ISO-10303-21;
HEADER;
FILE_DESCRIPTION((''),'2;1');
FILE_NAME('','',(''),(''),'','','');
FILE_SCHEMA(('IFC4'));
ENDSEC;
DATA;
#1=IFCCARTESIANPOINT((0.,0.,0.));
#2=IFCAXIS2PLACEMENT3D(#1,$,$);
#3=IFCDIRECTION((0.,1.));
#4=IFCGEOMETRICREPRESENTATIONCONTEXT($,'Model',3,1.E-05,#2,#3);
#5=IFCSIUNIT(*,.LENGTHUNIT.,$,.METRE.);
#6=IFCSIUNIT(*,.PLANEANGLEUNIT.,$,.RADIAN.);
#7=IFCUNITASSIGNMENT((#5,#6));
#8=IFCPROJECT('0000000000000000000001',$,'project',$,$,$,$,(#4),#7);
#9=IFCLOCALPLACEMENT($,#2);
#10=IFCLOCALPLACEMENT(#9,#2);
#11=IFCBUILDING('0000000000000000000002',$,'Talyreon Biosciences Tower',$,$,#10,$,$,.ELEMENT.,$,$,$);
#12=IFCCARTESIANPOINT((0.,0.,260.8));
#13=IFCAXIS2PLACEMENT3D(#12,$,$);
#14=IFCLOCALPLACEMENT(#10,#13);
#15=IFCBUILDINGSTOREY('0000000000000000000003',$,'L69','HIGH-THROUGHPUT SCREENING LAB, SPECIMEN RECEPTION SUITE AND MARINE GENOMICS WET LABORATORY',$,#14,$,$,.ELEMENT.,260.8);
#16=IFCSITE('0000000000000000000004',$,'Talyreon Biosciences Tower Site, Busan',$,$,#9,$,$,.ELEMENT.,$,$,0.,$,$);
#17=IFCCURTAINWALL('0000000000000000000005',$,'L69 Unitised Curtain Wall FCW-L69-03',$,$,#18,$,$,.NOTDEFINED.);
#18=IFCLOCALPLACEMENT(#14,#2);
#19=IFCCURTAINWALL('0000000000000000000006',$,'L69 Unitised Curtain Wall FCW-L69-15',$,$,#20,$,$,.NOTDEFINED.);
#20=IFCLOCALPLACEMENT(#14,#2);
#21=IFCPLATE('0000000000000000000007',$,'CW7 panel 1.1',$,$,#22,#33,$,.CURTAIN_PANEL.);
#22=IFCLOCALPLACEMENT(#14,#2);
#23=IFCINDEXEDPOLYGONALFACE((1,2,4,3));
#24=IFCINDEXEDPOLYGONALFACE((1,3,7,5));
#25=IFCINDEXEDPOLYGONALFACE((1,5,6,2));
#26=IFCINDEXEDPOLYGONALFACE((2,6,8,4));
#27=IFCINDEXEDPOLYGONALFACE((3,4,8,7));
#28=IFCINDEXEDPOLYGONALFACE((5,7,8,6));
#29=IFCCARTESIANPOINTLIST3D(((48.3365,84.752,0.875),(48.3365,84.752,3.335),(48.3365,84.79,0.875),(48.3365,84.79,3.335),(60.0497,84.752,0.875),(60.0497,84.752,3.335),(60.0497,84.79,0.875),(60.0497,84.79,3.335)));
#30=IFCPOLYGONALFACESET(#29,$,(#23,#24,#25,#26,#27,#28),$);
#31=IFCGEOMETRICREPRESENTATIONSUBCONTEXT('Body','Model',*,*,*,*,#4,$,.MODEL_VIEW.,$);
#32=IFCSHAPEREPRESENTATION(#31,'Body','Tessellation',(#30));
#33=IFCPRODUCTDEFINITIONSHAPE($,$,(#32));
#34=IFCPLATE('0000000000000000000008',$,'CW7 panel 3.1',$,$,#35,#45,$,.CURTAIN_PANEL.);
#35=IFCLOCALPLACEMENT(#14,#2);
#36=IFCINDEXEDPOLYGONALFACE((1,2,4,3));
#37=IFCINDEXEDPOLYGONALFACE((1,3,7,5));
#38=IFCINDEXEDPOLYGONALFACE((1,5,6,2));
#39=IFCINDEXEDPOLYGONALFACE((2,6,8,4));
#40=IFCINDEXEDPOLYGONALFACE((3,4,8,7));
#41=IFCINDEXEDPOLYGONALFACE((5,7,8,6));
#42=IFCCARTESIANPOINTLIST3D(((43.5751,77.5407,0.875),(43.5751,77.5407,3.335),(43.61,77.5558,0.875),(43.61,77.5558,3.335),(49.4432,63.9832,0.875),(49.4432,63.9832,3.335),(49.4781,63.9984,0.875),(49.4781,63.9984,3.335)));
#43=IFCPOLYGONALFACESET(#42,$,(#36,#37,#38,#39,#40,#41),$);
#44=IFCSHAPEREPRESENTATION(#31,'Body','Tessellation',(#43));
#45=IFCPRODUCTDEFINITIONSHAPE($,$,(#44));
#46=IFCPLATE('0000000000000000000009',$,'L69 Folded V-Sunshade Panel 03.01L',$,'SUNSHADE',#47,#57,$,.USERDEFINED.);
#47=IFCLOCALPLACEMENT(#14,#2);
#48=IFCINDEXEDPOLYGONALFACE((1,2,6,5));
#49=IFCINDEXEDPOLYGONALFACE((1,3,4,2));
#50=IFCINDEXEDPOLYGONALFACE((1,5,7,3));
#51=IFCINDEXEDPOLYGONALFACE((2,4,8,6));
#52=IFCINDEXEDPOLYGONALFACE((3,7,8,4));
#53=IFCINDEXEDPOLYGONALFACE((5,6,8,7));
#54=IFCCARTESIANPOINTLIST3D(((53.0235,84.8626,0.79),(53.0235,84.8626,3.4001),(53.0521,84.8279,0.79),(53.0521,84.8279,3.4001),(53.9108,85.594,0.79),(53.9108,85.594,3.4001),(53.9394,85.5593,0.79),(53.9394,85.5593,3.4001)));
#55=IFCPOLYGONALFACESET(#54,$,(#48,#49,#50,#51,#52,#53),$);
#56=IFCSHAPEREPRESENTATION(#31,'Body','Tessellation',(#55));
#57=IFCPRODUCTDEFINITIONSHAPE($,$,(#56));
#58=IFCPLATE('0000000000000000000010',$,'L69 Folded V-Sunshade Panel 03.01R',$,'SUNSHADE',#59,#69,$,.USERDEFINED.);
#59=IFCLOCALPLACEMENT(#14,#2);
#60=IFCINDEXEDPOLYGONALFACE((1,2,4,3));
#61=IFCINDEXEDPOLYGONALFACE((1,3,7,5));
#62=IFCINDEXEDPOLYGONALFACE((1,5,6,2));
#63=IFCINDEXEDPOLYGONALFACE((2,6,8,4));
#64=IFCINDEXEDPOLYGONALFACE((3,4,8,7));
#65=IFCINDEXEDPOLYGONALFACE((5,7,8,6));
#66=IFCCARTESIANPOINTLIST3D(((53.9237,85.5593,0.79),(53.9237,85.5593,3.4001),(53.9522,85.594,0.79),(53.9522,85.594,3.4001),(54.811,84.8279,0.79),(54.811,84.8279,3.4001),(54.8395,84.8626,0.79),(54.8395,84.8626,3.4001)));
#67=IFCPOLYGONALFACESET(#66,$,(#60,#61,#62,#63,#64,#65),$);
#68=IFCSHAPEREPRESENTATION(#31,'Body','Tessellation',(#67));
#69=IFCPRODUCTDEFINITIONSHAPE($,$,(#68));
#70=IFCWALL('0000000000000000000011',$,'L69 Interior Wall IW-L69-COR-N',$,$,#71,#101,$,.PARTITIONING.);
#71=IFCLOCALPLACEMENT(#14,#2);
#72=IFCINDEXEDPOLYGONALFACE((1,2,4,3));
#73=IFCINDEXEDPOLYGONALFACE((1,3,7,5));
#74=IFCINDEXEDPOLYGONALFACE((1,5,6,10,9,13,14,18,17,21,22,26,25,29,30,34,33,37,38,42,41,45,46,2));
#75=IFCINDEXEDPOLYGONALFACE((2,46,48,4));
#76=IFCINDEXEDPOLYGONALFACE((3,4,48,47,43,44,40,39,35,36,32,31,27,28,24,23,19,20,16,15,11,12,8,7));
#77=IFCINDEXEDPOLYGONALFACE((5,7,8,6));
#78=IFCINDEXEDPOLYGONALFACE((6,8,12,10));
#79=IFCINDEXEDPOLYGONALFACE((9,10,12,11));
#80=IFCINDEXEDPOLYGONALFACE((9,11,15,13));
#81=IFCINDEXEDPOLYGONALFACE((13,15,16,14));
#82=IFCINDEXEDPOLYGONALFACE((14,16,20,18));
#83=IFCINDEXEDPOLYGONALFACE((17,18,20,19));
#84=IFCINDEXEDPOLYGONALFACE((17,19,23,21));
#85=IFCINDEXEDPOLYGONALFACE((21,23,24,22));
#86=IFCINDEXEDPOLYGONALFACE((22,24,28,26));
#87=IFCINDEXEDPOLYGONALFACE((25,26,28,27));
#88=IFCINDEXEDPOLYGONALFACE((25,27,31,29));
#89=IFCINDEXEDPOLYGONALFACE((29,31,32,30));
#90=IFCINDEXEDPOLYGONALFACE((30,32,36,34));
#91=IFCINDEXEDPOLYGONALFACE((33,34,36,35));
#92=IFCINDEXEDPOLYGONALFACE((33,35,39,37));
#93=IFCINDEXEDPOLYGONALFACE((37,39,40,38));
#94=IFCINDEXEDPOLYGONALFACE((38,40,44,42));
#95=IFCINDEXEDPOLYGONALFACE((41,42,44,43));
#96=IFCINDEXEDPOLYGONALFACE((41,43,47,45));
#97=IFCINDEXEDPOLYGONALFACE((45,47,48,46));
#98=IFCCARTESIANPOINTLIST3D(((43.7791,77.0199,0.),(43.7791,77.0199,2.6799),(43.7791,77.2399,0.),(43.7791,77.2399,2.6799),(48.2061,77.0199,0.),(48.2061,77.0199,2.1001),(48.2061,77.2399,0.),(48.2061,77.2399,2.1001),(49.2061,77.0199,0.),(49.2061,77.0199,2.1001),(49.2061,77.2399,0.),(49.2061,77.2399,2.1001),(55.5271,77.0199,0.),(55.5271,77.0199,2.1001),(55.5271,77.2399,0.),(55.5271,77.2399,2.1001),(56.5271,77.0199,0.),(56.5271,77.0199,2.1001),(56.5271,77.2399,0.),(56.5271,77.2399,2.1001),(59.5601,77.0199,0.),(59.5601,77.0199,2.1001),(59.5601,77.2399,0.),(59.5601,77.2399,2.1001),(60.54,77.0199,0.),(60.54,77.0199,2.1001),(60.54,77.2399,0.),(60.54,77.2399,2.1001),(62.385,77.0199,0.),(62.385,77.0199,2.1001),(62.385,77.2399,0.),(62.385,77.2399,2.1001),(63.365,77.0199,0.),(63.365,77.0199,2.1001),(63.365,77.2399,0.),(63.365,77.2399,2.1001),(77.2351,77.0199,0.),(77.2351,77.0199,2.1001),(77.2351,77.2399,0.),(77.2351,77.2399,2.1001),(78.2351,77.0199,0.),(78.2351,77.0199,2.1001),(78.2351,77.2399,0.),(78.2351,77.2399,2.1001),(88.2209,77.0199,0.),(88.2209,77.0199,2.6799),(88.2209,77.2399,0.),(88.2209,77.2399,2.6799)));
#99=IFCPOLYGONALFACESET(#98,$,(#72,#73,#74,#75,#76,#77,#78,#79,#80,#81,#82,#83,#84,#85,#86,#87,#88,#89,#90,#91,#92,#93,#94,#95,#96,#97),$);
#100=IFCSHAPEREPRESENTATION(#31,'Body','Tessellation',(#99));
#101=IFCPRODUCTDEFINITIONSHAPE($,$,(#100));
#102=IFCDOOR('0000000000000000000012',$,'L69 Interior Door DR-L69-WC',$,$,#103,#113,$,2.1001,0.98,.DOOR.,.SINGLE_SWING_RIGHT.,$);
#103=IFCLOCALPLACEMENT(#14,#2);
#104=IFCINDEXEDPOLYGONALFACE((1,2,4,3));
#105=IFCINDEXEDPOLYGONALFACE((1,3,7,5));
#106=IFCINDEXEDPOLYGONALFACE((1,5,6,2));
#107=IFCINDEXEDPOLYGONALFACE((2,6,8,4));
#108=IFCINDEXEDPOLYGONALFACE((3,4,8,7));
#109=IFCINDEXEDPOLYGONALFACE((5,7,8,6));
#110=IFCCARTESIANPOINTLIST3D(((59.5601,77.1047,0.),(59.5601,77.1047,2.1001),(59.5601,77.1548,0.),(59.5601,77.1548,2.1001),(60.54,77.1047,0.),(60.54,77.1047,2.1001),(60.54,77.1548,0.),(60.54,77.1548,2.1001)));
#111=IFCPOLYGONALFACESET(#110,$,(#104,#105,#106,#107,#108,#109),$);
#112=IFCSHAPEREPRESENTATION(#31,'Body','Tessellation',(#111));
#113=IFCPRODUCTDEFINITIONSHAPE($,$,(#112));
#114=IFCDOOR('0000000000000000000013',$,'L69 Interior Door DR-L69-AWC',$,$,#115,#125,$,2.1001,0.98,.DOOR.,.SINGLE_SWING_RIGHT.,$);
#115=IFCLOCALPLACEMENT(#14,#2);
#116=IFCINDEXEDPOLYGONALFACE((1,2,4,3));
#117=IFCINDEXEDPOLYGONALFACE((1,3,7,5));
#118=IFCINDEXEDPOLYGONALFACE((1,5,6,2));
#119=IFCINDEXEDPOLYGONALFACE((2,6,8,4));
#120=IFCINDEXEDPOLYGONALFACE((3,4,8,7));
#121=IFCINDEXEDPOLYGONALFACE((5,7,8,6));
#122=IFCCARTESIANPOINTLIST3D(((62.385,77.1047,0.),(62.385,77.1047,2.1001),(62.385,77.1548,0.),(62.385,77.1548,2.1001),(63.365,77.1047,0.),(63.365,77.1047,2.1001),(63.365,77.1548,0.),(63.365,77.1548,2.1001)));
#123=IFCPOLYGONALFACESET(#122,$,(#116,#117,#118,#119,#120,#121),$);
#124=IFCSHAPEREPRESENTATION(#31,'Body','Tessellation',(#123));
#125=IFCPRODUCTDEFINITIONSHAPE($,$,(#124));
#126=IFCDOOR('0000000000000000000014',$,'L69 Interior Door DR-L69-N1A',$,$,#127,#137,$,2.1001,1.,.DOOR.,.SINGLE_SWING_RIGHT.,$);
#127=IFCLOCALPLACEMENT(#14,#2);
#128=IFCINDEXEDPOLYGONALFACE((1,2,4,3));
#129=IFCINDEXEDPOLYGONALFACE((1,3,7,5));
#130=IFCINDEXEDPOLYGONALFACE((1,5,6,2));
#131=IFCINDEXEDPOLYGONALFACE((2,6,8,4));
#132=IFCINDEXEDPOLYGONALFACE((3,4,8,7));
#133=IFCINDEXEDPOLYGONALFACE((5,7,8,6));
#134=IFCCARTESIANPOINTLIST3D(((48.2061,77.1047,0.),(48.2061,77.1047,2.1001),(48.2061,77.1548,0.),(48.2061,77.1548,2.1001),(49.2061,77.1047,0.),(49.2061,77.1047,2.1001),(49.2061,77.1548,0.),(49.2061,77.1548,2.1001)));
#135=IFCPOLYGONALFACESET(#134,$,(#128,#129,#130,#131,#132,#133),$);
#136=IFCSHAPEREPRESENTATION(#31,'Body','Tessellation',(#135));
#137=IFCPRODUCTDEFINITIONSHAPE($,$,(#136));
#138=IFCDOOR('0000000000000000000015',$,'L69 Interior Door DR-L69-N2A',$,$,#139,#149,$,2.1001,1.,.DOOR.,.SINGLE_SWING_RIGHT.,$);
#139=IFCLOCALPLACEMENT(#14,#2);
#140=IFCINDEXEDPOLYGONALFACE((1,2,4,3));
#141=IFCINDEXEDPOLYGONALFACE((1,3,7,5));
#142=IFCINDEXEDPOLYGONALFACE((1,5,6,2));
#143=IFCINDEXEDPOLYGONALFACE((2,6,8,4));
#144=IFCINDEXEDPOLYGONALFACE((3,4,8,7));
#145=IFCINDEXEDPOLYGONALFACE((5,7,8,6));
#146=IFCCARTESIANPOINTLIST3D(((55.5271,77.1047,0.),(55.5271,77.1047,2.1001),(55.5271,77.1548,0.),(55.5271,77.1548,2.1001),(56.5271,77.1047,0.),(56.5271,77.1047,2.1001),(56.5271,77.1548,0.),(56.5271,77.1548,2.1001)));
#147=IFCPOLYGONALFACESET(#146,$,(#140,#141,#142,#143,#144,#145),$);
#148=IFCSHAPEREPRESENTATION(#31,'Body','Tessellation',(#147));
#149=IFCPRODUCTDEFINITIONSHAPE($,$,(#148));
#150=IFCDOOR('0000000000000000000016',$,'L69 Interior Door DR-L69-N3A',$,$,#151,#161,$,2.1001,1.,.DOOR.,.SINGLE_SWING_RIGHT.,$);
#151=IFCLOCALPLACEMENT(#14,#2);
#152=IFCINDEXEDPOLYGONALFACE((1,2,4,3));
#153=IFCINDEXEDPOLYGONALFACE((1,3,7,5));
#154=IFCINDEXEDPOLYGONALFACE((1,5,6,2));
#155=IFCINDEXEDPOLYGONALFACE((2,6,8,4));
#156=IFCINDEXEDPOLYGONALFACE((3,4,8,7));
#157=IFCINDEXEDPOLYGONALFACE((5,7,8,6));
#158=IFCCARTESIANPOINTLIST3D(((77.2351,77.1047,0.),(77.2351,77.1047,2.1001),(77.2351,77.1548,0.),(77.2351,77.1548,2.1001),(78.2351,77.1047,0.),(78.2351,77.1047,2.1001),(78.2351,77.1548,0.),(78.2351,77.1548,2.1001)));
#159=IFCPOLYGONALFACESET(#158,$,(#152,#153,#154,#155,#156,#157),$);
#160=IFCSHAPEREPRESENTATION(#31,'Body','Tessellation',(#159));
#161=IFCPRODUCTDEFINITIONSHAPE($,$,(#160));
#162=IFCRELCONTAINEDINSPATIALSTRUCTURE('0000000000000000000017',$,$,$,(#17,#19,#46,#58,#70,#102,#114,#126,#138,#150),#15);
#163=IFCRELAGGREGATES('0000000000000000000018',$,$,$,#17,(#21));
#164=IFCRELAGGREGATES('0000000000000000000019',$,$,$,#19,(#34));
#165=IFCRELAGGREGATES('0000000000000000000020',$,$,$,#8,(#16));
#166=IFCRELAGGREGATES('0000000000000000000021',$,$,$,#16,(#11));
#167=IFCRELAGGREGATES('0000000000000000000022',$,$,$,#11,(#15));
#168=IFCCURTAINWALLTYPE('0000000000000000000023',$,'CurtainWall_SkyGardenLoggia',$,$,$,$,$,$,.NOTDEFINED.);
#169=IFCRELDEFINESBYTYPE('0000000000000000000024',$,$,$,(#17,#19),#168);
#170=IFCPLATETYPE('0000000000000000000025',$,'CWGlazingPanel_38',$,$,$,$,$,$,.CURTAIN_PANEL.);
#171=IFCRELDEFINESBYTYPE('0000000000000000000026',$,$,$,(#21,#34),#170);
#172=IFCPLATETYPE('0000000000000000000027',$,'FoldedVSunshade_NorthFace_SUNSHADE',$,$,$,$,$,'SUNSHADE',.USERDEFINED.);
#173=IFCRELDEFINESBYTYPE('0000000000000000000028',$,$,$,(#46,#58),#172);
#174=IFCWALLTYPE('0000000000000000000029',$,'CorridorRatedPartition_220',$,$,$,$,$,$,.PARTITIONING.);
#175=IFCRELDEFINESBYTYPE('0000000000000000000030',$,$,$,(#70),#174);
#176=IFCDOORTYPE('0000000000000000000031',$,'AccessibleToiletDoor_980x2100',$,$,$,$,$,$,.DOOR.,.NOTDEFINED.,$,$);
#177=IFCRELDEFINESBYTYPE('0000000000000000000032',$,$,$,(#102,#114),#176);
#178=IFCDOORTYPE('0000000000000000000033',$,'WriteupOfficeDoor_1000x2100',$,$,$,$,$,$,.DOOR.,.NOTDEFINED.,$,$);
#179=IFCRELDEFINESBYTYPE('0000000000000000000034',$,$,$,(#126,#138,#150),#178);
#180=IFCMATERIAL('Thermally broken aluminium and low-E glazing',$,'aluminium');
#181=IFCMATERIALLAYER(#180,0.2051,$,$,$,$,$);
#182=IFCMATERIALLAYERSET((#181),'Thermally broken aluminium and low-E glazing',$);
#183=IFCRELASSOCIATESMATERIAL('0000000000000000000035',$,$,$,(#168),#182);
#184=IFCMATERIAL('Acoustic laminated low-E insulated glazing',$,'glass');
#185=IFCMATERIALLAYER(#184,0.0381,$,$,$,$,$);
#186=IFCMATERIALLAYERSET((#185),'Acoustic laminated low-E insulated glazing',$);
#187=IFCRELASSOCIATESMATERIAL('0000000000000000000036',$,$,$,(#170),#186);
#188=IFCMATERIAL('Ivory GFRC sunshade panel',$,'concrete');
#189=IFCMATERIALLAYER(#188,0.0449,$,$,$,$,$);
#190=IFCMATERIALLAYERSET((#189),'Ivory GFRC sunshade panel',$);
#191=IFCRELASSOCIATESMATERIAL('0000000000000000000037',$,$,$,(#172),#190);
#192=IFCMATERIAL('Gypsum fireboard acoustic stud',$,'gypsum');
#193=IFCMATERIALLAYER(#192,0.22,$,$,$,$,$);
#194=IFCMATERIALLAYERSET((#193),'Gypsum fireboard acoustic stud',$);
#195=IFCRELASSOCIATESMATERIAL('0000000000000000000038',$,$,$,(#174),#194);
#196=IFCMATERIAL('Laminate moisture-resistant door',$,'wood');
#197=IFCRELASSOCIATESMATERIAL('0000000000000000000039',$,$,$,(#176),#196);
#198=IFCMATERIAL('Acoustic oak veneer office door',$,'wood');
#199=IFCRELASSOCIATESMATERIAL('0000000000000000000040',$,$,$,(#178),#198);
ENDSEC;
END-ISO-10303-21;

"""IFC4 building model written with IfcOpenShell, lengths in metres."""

from ifc_helpers import new_model, si_unit, direction, frame, frame_2d, origin, origin_2d, place, context, subcontext, project, spatial, rectangle, extrude, material, layer, layer_set, type_object, element, fill, aggregate, save


model = new_model("IFC4")

# Units and contexts
model_context = context("Model", 3, precision=1e-05, world=origin(), true_north=direction((0.0, 1.0)))
body_context = subcontext(model_context, "Body", "Model", "MODEL_VIEW")
ifc_project = project(units=[si_unit("LENGTHUNIT", "METRE"), si_unit("PLANEANGLEUNIT", "RADIAN")], contexts=[model_context])

# Site, building, storey
site_placement = place(None, origin())
site = spatial("IfcSite", under=ifc_project, at=site_placement, Name="Talyreon Biosciences Tower Site, Busan", CompositionType="ELEMENT", RefElevation=0.0)
building_placement = place(site_placement, origin())
building = spatial("IfcBuilding", under=site, at=building_placement, Name="Talyreon Biosciences Tower", CompositionType="ELEMENT")
storey_placement = place(building_placement, frame((0.0, 0.0, 260.8)))
storey = spatial("IfcBuildingStorey", under=building, at=storey_placement, Name="L69", Description="HIGH-THROUGHPUT SCREENING LAB, SPECIMEN RECEPTION SUITE AND MARINE GENOMICS WET LABORATORY", CompositionType="ELEMENT", Elevation=260.8)

# Curtain walls
ifc_material_1 = material(Name="Thermally broken aluminium and low-E glazing", Category="aluminium")
ifc_layer_1 = layer(ifc_material_1, 0.2051)
ifc_layer_set_1 = layer_set([ifc_layer_1], Name="Thermally broken aluminium and low-E glazing")
curtain_wall_type = type_object("IfcCurtainWallType", Name="CurtainWall_SkyGardenLoggia", PredefinedType="NOTDEFINED", material=ifc_layer_set_1)
curtain_wall_1_placement = place(storey_placement, origin())
curtain_wall_1 = element("IfcCurtainWall", 1, at=curtain_wall_1_placement, inside=storey, type_object=curtain_wall_type, Name="L69 Unitised Curtain Wall FCW-L69-03", PredefinedType="NOTDEFINED")
curtain_wall_2_placement = place(storey_placement, origin())
curtain_wall_2 = element("IfcCurtainWall", 2, at=curtain_wall_2_placement, inside=storey, type_object=curtain_wall_type, Name="L69 Unitised Curtain Wall FCW-L69-15", PredefinedType="NOTDEFINED")

# Plates
ifc_material_2 = material(Name="Acoustic laminated low-E insulated glazing", Category="glass")
ifc_layer_2 = layer(ifc_material_2, 0.0381)
ifc_layer_set_2 = layer_set([ifc_layer_2], Name="Acoustic laminated low-E insulated glazing")
plate_type_1 = type_object("IfcPlateType", Name="CWGlazingPanel_38", PredefinedType="CURTAIN_PANEL", material=ifc_layer_set_2)
plate_1_placement = place(storey_placement, frame((54.1931, 84.771, 0.875), z_axis=(0.0, 0.0, 1.0), x_axis=(1.0, 0.0, 0.0)))
plate_1 = element("IfcPlate", 3, at=plate_1_placement, type_object=plate_type_1, Name="CW7 panel 1.1", PredefinedType="CURTAIN_PANEL", context=body_context, shape_type="SweptSolid", body=[
    extrude(rectangle(XDim=11.7131, YDim=0.0381, at=origin_2d()), origin(), (0.0, 0.0, 1.0), 2.46),
])
aggregate(curtain_wall_1, [plate_1])
plate_2_placement = place(storey_placement, frame((46.5266, 70.7695, 0.875), z_axis=(0.0, 0.0, 1.0), x_axis=(-0.397221, 0.917723, 0.0)))
plate_2 = element("IfcPlate", 4, at=plate_2_placement, type_object=plate_type_1, Name="CW7 panel 3.1", PredefinedType="CURTAIN_PANEL", context=body_context, shape_type="SweptSolid", body=[
    extrude(rectangle(XDim=14.7729, YDim=0.0381, at=origin_2d()), origin(), (0.0, 0.0, 1.0), 2.46),
])
aggregate(curtain_wall_2, [plate_2])

# Plates
ifc_material_3 = material(Name="Ivory GFRC sunshade panel", Category="concrete")
ifc_layer_3 = layer(ifc_material_3, 0.0449)
ifc_layer_set_3 = layer_set([ifc_layer_3], Name="Ivory GFRC sunshade panel")
plate_type_2 = type_object("IfcPlateType", Name="FoldedVSunshade_NorthFace_SUNSHADE", ElementType="SUNSHADE", PredefinedType="USERDEFINED", material=ifc_layer_set_3)
for number, where, z_axis, x_axis, name in (
    (5, (53.4814, 85.2109, 0.79), (0.0, 0.0, 1.0), (0.771625, 0.636078, 0.0), "L69 Folded V-Sunshade Panel 03.01L"),
    (6, (54.3816, 85.2109, 0.79), (0.0, 0.0, 1.0), (0.771625, -0.636078, 0.0), "L69 Folded V-Sunshade Panel 03.01R"),
):
    element("IfcPlate", number, at=place(storey_placement, frame(where, z_axis=z_axis, x_axis=x_axis)), inside=storey, type_object=plate_type_2, Name=name, ObjectType="SUNSHADE", PredefinedType="USERDEFINED", context=body_context, shape_type="SweptSolid", body=[
        extrude(rectangle(XDim=1.1499, YDim=0.0449, at=origin_2d()), origin(), (0.0, 0.0, 1.0), 2.6101),
    ])

# Wall, openings, doors
ifc_material_4 = material(Name="Gypsum fireboard acoustic stud", Category="gypsum")
ifc_layer_4 = layer(ifc_material_4, 0.22)
ifc_layer_set_4 = layer_set([ifc_layer_4], Name="Gypsum fireboard acoustic stud")
wall_type_1 = type_object("IfcWallType", Name="CorridorRatedPartition_220", PredefinedType="PARTITIONING", material=ifc_layer_set_4)
wall_1_placement = place(storey_placement, frame((43.7791, 77.1299, 0.0), z_axis=(0.0, 0.0, 1.0), x_axis=(1.0, 0.0, 0.0)))
wall_1 = element("IfcWall", 7, at=wall_1_placement, inside=storey, type_object=wall_type_1, Name="L69 Interior Wall IW-L69-COR-N", PredefinedType="PARTITIONING", context=body_context, shape_type="SweptSolid", body=[
    extrude(rectangle(XDim=44.4419, YDim=0.22, at=frame_2d((22.2209, 0.0))), origin(), (0.0, 0.0, 1.0), 2.6799),
])
opening_1_placement = place(wall_1_placement, frame((15.781, 0.0, 0.0)))
opening_1 = element("IfcOpeningElement", 8, at=opening_1_placement, cuts=wall_1, PredefinedType="OPENING", context=body_context, shape_type="SweptSolid", body=[
    extrude(rectangle(XDim=0.98, YDim=2.1001, at=frame_2d((0.49, 1.05))), frame((0.0, 0.1199, 0.0), z_axis=(0.0, -1.0, 0.0), x_axis=(1.0, 0.0, 0.0)), (0.0, 0.0, 1.0), 0.24),
])
opening_2_placement = place(wall_1_placement, frame((18.606, 0.0, 0.0)))
opening_2 = element("IfcOpeningElement", 9, at=opening_2_placement, cuts=wall_1, PredefinedType="OPENING", context=body_context, shape_type="SweptSolid", body=[
    extrude(rectangle(XDim=0.98, YDim=2.1001, at=frame_2d((0.49, 1.05))), frame((0.0, 0.1199, 0.0), z_axis=(0.0, -1.0, 0.0), x_axis=(1.0, 0.0, 0.0)), (0.0, 0.0, 1.0), 0.24),
])
opening_3_placement = place(wall_1_placement, frame((4.427, 0.0, 0.0)))
opening_3 = element("IfcOpeningElement", 10, at=opening_3_placement, cuts=wall_1, PredefinedType="OPENING", context=body_context, shape_type="SweptSolid", body=[
    extrude(rectangle(XDim=1.0, YDim=2.1001, at=frame_2d((0.5, 1.05))), frame((0.0, 0.1199, 0.0), z_axis=(0.0, -1.0, 0.0), x_axis=(1.0, 0.0, 0.0)), (0.0, 0.0, 1.0), 0.24),
])
opening_4_placement = place(wall_1_placement, frame((11.748, 0.0, 0.0)))
opening_4 = element("IfcOpeningElement", 11, at=opening_4_placement, cuts=wall_1, PredefinedType="OPENING", context=body_context, shape_type="SweptSolid", body=[
    extrude(rectangle(XDim=1.0, YDim=2.1001, at=frame_2d((0.5, 1.05))), frame((0.0, 0.1199, 0.0), z_axis=(0.0, -1.0, 0.0), x_axis=(1.0, 0.0, 0.0)), (0.0, 0.0, 1.0), 0.24),
])
opening_5_placement = place(wall_1_placement, frame((33.4561, 0.0, 0.0)))
opening_5 = element("IfcOpeningElement", 12, at=opening_5_placement, cuts=wall_1, PredefinedType="OPENING", context=body_context, shape_type="SweptSolid", body=[
    extrude(rectangle(XDim=1.0, YDim=2.1001, at=frame_2d((0.5, 1.05))), frame((0.0, 0.1199, 0.0), z_axis=(0.0, -1.0, 0.0), x_axis=(1.0, 0.0, 0.0)), (0.0, 0.0, 1.0), 0.24),
])
ifc_material_5 = material(Name="Laminate moisture-resistant door", Category="wood")
door_type_1 = type_object("IfcDoorType", Name="AccessibleToiletDoor_980x2100", OperationType="NOTDEFINED", PredefinedType="DOOR", material=ifc_material_5)
door_1_placement = place(opening_1_placement, origin())
door_1 = element("IfcDoor", 13, at=door_1_placement, inside=storey, type_object=door_type_1, Name="L69 Interior Door DR-L69-WC", OperationType="SINGLE_SWING_RIGHT", OverallHeight=2.1001, OverallWidth=0.98, PredefinedType="DOOR", context=body_context, shape_type="SweptSolid", body=[
    extrude(rectangle(XDim=0.98, YDim=2.1001, at=frame_2d((0.49, 1.05))), frame((0.0, 0.0249, 0.0), z_axis=(0.0, -1.0, 0.0), x_axis=(1.0, 0.0, 0.0)), (0.0, 0.0, 1.0), 0.05),
])
fill(opening_1, door_1)
door_2_placement = place(opening_2_placement, origin())
door_2 = element("IfcDoor", 14, at=door_2_placement, inside=storey, type_object=door_type_1, Name="L69 Interior Door DR-L69-AWC", OperationType="SINGLE_SWING_RIGHT", OverallHeight=2.1001, OverallWidth=0.98, PredefinedType="DOOR", context=body_context, shape_type="SweptSolid", body=[
    extrude(rectangle(XDim=0.98, YDim=2.1001, at=frame_2d((0.49, 1.05))), frame((0.0, 0.0249, 0.0), z_axis=(0.0, -1.0, 0.0), x_axis=(1.0, 0.0, 0.0)), (0.0, 0.0, 1.0), 0.05),
])
fill(opening_2, door_2)
ifc_material_6 = material(Name="Acoustic oak veneer office door", Category="wood")
door_type_2 = type_object("IfcDoorType", Name="WriteupOfficeDoor_1000x2100", OperationType="NOTDEFINED", PredefinedType="DOOR", material=ifc_material_6)
door_3_placement = place(opening_3_placement, origin())
door_3 = element("IfcDoor", 15, at=door_3_placement, inside=storey, type_object=door_type_2, Name="L69 Interior Door DR-L69-N1A", OperationType="SINGLE_SWING_RIGHT", OverallHeight=2.1001, OverallWidth=1.0, PredefinedType="DOOR", context=body_context, shape_type="SweptSolid", body=[
    extrude(rectangle(XDim=1.0, YDim=2.1001, at=frame_2d((0.5, 1.05))), frame((0.0, 0.0249, 0.0), z_axis=(0.0, -1.0, 0.0), x_axis=(1.0, 0.0, 0.0)), (0.0, 0.0, 1.0), 0.05),
])
fill(opening_3, door_3)
door_4_placement = place(opening_4_placement, origin())
door_4 = element("IfcDoor", 16, at=door_4_placement, inside=storey, type_object=door_type_2, Name="L69 Interior Door DR-L69-N2A", OperationType="SINGLE_SWING_RIGHT", OverallHeight=2.1001, OverallWidth=1.0, PredefinedType="DOOR", context=body_context, shape_type="SweptSolid", body=[
    extrude(rectangle(XDim=1.0, YDim=2.1001, at=frame_2d((0.5, 1.05))), frame((0.0, 0.0249, 0.0), z_axis=(0.0, -1.0, 0.0), x_axis=(1.0, 0.0, 0.0)), (0.0, 0.0, 1.0), 0.05),
])
fill(opening_4, door_4)
door_5_placement = place(opening_5_placement, origin())
door_5 = element("IfcDoor", 17, at=door_5_placement, inside=storey, type_object=door_type_2, Name="L69 Interior Door DR-L69-N3A", OperationType="SINGLE_SWING_RIGHT", OverallHeight=2.1001, OverallWidth=1.0, PredefinedType="DOOR", context=body_context, shape_type="SweptSolid", body=[
    extrude(rectangle(XDim=1.0, YDim=2.1001, at=frame_2d((0.5, 1.05))), frame((0.0, 0.0249, 0.0), z_axis=(0.0, -1.0, 0.0), x_axis=(1.0, 0.0, 0.0)), (0.0, 0.0, 1.0), 0.05),
])
fill(opening_5, door_5)

save(model, "model.ifc")
